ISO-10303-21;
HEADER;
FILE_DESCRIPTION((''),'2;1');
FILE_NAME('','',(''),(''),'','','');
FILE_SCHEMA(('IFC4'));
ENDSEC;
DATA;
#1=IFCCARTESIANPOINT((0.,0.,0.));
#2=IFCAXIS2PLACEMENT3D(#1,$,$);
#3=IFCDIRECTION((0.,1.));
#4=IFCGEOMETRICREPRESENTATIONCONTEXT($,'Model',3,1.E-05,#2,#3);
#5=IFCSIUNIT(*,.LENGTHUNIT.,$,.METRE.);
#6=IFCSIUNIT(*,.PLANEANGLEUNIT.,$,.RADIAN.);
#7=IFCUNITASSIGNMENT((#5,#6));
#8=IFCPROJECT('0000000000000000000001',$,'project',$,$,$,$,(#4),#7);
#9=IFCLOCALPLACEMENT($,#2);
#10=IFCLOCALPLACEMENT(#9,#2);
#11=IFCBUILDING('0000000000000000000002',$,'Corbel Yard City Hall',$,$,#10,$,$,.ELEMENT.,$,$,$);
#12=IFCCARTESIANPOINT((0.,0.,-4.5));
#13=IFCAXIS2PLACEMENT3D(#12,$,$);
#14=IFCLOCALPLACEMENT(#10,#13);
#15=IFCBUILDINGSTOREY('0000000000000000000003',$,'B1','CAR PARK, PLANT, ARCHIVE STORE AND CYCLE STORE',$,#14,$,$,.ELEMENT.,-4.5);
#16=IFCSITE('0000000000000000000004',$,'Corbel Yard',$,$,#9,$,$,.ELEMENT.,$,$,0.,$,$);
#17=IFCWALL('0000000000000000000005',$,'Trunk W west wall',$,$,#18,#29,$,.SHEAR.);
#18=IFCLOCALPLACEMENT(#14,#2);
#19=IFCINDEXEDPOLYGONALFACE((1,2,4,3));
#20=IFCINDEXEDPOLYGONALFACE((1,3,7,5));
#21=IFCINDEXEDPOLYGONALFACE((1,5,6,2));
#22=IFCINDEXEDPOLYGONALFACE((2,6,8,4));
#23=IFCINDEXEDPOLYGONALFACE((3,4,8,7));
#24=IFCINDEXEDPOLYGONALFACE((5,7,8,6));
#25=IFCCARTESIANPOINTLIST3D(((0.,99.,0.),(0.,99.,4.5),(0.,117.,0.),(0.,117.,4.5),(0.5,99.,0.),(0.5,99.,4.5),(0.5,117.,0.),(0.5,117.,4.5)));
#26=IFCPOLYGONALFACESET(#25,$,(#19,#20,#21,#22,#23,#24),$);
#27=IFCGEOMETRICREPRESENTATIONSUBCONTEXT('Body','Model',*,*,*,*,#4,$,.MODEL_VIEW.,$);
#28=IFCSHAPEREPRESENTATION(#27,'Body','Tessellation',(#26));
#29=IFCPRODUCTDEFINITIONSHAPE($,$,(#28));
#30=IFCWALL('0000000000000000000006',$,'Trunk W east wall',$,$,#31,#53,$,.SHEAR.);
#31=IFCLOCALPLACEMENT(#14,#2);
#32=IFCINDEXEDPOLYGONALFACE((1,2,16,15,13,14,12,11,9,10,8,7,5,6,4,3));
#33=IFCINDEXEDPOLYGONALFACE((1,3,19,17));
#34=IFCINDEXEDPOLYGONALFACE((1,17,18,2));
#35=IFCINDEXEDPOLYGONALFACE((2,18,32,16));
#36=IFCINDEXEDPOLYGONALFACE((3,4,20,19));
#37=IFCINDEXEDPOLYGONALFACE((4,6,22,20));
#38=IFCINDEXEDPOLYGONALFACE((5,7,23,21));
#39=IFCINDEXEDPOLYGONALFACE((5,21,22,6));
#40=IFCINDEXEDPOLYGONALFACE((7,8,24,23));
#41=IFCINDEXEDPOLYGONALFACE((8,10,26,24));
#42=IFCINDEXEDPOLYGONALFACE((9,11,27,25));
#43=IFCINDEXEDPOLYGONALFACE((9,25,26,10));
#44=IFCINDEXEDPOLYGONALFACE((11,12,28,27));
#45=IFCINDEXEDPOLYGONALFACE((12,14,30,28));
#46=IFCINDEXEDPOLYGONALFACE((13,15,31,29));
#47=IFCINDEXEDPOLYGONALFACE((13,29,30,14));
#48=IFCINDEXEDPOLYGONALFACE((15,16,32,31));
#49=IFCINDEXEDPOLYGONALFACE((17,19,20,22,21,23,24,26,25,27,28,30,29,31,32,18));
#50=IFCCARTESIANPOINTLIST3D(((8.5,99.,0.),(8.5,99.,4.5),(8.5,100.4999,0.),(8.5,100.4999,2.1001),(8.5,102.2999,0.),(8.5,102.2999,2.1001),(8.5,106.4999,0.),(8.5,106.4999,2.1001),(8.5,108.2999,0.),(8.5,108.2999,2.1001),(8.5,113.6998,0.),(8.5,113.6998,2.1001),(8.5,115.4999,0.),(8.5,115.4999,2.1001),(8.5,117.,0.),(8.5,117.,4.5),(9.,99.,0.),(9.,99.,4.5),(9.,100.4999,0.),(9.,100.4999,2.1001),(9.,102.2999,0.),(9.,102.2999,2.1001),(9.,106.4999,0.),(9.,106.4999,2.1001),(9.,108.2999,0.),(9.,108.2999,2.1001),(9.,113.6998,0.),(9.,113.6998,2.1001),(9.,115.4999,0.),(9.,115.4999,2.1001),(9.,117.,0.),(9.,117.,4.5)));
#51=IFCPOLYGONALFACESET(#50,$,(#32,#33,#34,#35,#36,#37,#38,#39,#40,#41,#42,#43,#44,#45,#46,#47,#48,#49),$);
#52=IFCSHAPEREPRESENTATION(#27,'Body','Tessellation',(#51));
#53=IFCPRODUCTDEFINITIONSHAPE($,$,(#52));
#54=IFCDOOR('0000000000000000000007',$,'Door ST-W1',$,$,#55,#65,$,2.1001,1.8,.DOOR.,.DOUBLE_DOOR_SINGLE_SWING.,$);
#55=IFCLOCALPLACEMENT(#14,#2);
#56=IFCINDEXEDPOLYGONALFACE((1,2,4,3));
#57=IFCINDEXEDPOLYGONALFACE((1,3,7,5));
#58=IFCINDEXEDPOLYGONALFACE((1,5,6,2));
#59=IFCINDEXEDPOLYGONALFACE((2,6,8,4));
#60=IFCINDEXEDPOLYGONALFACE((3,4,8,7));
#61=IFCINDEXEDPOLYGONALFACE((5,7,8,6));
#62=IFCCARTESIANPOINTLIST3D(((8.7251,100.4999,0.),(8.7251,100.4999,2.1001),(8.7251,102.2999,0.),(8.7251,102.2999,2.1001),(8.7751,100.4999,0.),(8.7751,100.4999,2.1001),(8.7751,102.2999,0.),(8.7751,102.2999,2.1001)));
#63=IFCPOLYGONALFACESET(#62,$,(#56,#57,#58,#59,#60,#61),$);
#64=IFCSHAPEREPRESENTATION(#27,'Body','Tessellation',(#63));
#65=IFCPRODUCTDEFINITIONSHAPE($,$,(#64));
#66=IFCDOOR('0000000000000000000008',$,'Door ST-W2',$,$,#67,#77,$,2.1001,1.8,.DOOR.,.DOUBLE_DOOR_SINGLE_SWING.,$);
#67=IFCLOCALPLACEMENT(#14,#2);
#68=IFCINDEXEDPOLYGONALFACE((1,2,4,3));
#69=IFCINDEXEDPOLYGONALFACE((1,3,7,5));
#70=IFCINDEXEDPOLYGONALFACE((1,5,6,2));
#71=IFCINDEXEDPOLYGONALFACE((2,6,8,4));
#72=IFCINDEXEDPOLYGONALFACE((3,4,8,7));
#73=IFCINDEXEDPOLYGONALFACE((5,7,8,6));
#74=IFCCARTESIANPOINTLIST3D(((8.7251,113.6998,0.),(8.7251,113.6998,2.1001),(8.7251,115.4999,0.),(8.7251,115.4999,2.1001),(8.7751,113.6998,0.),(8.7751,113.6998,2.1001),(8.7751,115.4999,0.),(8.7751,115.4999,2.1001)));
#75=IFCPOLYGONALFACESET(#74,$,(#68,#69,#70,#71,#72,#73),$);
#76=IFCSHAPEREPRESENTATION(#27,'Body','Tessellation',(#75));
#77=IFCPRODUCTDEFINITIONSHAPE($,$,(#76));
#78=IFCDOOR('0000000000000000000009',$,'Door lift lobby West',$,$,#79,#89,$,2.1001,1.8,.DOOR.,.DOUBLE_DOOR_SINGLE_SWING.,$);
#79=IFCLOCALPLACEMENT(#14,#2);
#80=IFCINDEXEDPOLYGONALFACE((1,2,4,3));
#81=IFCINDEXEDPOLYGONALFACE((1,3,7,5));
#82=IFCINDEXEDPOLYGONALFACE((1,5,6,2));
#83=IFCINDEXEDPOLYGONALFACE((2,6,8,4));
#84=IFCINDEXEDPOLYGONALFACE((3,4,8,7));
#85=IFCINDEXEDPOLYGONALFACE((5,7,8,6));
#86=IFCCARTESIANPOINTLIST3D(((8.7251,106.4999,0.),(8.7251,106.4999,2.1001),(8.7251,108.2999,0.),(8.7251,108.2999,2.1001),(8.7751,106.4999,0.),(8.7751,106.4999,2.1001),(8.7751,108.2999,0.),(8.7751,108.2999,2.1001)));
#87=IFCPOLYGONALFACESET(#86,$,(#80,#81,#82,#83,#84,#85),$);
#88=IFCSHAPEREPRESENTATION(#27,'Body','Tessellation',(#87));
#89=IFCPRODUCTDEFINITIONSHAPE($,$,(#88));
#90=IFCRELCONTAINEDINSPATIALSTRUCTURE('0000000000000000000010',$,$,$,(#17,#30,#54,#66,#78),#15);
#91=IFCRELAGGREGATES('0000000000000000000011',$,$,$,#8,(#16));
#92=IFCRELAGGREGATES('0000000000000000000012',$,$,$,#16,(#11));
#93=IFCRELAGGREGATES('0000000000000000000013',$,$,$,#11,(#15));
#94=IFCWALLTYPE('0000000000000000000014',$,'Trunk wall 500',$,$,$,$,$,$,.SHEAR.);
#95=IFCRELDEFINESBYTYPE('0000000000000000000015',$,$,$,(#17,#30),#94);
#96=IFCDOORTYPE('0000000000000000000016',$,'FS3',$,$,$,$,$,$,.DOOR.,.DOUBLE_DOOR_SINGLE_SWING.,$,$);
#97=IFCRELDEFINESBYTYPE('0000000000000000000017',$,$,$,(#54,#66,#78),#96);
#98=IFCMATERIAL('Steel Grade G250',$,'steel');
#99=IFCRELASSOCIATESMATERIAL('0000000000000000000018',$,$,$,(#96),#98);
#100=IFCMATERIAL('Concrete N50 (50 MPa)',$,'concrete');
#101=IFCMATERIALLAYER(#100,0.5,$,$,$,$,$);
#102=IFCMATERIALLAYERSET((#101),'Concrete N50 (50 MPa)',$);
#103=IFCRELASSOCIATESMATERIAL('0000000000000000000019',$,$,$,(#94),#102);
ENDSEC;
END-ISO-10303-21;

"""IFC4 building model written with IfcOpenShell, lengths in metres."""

from ifc_helpers import new_model, si_unit, direction, frame, frame_2d, origin, place, context, subcontext, project, spatial, rectangle, extrude, material, layer, layer_set, type_object, element, fill, save


model = new_model("IFC4")

# Units and contexts
model_context = context("Model", 3, precision=1e-05, world=origin(), true_north=direction((0.0, 1.0)))
body_context = subcontext(model_context, "Body", "Model", "MODEL_VIEW")
ifc_project = project(units=[si_unit("LENGTHUNIT", "METRE"), si_unit("PLANEANGLEUNIT", "RADIAN")], contexts=[model_context])

# Site, building, storey
site_placement = place(None, origin())
site = spatial("IfcSite", under=ifc_project, at=site_placement, Name="Corbel Yard", CompositionType="ELEMENT", RefElevation=0.0)
building_placement = place(site_placement, origin())
building = spatial("IfcBuilding", under=site, at=building_placement, Name="Corbel Yard City Hall", CompositionType="ELEMENT")
storey_placement = place(building_placement, frame((0.0, 0.0, -4.5)))
storey = spatial("IfcBuildingStorey", under=building, at=storey_placement, Name="B1", Description="CAR PARK, PLANT, ARCHIVE STORE AND CYCLE STORE", CompositionType="ELEMENT", Elevation=-4.5)

# Shared definitions
ifc_material_1 = material(Name="Concrete N50 (50 MPa)", Category="concrete")

# Shared definitions
ifc_material_2 = material(Name="Steel Grade G250", Category="steel")

# Shared definitions
door_type_1 = type_object("IfcDoorType", Name="FS3", OperationType="DOUBLE_DOOR_SINGLE_SWING", PredefinedType="DOOR", material=ifc_material_2)

# Wall
ifc_layer_1 = layer(ifc_material_1, 0.5)
ifc_layer_set_1 = layer_set([ifc_layer_1], Name="Concrete N50 (50 MPa)")
wall_type_1 = type_object("IfcWallType", Name="Trunk wall 500", PredefinedType="SHEAR", material=ifc_layer_set_1)
wall_1_placement = place(storey_placement, frame((0.25, 99.0, 0.0), z_axis=(0.0, 0.0, 1.0), x_axis=(0.0, 1.0, 0.0)))
element("IfcWall", 1, at=wall_1_placement, inside=storey, type_object=wall_type_1, Name="Trunk W west wall", PredefinedType="SHEAR", context=body_context, shape_type="SweptSolid", body=[
    extrude(rectangle(XDim=18.0, YDim=0.5, at=frame_2d((9.0, 0.0))), origin(), (0.0, 0.0, 1.0), 4.5),
])

# Wall, openings, doors
wall_2_placement = place(storey_placement, frame((8.75, 99.0, 0.0), z_axis=(0.0, 0.0, 1.0), x_axis=(0.0, 1.0, 0.0)))
wall_2 = element("IfcWall", 2, at=wall_2_placement, inside=storey, type_object=wall_type_1, Name="Trunk W east wall", PredefinedType="SHEAR", context=body_context, shape_type="SweptSolid", body=[
    extrude(rectangle(XDim=18.0, YDim=0.5, at=frame_2d((9.0, 0.0))), origin(), (0.0, 0.0, 1.0), 4.5),
])
opening_1_placement = place(wall_2_placement, frame((1.5, 0.0, 0.0)))
opening_1 = element("IfcOpeningElement", 3, at=opening_1_placement, cuts=wall_2, PredefinedType="OPENING", context=body_context, shape_type="SweptSolid", body=[
    extrude(rectangle(XDim=1.8, YDim=2.1001, at=frame_2d((0.8999, 1.05))), frame((0.0, 0.26, 0.0), z_axis=(0.0, -1.0, 0.0), x_axis=(1.0, 0.0, 0.0)), (0.0, 0.0, 1.0), 0.52),
])
opening_2_placement = place(wall_2_placement, frame((14.7, 0.0, 0.0)))
opening_2 = element("IfcOpeningElement", 4, at=opening_2_placement, cuts=wall_2, PredefinedType="OPENING", context=body_context, shape_type="SweptSolid", body=[
    extrude(rectangle(XDim=1.8, YDim=2.1001, at=frame_2d((0.8999, 1.05))), frame((0.0, 0.26, 0.0), z_axis=(0.0, -1.0, 0.0), x_axis=(1.0, 0.0, 0.0)), (0.0, 0.0, 1.0), 0.52),
])
opening_3_placement = place(wall_2_placement, frame((7.5, 0.0, 0.0)))
opening_3 = element("IfcOpeningElement", 5, at=opening_3_placement, cuts=wall_2, PredefinedType="OPENING", context=body_context, shape_type="SweptSolid", body=[
    extrude(rectangle(XDim=1.8, YDim=2.1001, at=frame_2d((0.8999, 1.05))), frame((0.0, 0.26, 0.0), z_axis=(0.0, -1.0, 0.0), x_axis=(1.0, 0.0, 0.0)), (0.0, 0.0, 1.0), 0.52),
])
door_1_placement = place(opening_1_placement, origin())
door_1 = element("IfcDoor", 6, at=door_1_placement, inside=storey, type_object=door_type_1, Name="Door ST-W1", OperationType="DOUBLE_DOOR_SINGLE_SWING", OverallHeight=2.1001, OverallWidth=1.8, PredefinedType="DOOR", context=body_context, shape_type="SweptSolid", body=[
    extrude(rectangle(XDim=1.8, YDim=2.1001, at=frame_2d((0.8999, 1.05))), frame((0.0, 0.0249, 0.0), z_axis=(0.0, -1.0, 0.0), x_axis=(1.0, 0.0, 0.0)), (0.0, 0.0, 1.0), 0.05),
])
fill(opening_1, door_1)
door_2_placement = place(opening_2_placement, origin())
door_2 = element("IfcDoor", 7, at=door_2_placement, inside=storey, type_object=door_type_1, Name="Door ST-W2", OperationType="DOUBLE_DOOR_SINGLE_SWING", OverallHeight=2.1001, OverallWidth=1.8, PredefinedType="DOOR", context=body_context, shape_type="SweptSolid", body=[
    extrude(rectangle(XDim=1.8, YDim=2.1001, at=frame_2d((0.8999, 1.05))), frame((0.0, 0.0249, 0.0), z_axis=(0.0, -1.0, 0.0), x_axis=(1.0, 0.0, 0.0)), (0.0, 0.0, 1.0), 0.05),
])
fill(opening_2, door_2)
door_3_placement = place(opening_3_placement, origin())
door_3 = element("IfcDoor", 8, at=door_3_placement, inside=storey, type_object=door_type_1, Name="Door lift lobby West", OperationType="DOUBLE_DOOR_SINGLE_SWING", OverallHeight=2.1001, OverallWidth=1.8, PredefinedType="DOOR", context=body_context, shape_type="SweptSolid", body=[
    extrude(rectangle(XDim=1.8, YDim=2.1001, at=frame_2d((0.8999, 1.05))), frame((0.0, 0.0249, 0.0), z_axis=(0.0, -1.0, 0.0), x_axis=(1.0, 0.0, 0.0)), (0.0, 0.0, 1.0), 0.05),
])
fill(opening_3, door_3)

save(model, "model.ifc")
